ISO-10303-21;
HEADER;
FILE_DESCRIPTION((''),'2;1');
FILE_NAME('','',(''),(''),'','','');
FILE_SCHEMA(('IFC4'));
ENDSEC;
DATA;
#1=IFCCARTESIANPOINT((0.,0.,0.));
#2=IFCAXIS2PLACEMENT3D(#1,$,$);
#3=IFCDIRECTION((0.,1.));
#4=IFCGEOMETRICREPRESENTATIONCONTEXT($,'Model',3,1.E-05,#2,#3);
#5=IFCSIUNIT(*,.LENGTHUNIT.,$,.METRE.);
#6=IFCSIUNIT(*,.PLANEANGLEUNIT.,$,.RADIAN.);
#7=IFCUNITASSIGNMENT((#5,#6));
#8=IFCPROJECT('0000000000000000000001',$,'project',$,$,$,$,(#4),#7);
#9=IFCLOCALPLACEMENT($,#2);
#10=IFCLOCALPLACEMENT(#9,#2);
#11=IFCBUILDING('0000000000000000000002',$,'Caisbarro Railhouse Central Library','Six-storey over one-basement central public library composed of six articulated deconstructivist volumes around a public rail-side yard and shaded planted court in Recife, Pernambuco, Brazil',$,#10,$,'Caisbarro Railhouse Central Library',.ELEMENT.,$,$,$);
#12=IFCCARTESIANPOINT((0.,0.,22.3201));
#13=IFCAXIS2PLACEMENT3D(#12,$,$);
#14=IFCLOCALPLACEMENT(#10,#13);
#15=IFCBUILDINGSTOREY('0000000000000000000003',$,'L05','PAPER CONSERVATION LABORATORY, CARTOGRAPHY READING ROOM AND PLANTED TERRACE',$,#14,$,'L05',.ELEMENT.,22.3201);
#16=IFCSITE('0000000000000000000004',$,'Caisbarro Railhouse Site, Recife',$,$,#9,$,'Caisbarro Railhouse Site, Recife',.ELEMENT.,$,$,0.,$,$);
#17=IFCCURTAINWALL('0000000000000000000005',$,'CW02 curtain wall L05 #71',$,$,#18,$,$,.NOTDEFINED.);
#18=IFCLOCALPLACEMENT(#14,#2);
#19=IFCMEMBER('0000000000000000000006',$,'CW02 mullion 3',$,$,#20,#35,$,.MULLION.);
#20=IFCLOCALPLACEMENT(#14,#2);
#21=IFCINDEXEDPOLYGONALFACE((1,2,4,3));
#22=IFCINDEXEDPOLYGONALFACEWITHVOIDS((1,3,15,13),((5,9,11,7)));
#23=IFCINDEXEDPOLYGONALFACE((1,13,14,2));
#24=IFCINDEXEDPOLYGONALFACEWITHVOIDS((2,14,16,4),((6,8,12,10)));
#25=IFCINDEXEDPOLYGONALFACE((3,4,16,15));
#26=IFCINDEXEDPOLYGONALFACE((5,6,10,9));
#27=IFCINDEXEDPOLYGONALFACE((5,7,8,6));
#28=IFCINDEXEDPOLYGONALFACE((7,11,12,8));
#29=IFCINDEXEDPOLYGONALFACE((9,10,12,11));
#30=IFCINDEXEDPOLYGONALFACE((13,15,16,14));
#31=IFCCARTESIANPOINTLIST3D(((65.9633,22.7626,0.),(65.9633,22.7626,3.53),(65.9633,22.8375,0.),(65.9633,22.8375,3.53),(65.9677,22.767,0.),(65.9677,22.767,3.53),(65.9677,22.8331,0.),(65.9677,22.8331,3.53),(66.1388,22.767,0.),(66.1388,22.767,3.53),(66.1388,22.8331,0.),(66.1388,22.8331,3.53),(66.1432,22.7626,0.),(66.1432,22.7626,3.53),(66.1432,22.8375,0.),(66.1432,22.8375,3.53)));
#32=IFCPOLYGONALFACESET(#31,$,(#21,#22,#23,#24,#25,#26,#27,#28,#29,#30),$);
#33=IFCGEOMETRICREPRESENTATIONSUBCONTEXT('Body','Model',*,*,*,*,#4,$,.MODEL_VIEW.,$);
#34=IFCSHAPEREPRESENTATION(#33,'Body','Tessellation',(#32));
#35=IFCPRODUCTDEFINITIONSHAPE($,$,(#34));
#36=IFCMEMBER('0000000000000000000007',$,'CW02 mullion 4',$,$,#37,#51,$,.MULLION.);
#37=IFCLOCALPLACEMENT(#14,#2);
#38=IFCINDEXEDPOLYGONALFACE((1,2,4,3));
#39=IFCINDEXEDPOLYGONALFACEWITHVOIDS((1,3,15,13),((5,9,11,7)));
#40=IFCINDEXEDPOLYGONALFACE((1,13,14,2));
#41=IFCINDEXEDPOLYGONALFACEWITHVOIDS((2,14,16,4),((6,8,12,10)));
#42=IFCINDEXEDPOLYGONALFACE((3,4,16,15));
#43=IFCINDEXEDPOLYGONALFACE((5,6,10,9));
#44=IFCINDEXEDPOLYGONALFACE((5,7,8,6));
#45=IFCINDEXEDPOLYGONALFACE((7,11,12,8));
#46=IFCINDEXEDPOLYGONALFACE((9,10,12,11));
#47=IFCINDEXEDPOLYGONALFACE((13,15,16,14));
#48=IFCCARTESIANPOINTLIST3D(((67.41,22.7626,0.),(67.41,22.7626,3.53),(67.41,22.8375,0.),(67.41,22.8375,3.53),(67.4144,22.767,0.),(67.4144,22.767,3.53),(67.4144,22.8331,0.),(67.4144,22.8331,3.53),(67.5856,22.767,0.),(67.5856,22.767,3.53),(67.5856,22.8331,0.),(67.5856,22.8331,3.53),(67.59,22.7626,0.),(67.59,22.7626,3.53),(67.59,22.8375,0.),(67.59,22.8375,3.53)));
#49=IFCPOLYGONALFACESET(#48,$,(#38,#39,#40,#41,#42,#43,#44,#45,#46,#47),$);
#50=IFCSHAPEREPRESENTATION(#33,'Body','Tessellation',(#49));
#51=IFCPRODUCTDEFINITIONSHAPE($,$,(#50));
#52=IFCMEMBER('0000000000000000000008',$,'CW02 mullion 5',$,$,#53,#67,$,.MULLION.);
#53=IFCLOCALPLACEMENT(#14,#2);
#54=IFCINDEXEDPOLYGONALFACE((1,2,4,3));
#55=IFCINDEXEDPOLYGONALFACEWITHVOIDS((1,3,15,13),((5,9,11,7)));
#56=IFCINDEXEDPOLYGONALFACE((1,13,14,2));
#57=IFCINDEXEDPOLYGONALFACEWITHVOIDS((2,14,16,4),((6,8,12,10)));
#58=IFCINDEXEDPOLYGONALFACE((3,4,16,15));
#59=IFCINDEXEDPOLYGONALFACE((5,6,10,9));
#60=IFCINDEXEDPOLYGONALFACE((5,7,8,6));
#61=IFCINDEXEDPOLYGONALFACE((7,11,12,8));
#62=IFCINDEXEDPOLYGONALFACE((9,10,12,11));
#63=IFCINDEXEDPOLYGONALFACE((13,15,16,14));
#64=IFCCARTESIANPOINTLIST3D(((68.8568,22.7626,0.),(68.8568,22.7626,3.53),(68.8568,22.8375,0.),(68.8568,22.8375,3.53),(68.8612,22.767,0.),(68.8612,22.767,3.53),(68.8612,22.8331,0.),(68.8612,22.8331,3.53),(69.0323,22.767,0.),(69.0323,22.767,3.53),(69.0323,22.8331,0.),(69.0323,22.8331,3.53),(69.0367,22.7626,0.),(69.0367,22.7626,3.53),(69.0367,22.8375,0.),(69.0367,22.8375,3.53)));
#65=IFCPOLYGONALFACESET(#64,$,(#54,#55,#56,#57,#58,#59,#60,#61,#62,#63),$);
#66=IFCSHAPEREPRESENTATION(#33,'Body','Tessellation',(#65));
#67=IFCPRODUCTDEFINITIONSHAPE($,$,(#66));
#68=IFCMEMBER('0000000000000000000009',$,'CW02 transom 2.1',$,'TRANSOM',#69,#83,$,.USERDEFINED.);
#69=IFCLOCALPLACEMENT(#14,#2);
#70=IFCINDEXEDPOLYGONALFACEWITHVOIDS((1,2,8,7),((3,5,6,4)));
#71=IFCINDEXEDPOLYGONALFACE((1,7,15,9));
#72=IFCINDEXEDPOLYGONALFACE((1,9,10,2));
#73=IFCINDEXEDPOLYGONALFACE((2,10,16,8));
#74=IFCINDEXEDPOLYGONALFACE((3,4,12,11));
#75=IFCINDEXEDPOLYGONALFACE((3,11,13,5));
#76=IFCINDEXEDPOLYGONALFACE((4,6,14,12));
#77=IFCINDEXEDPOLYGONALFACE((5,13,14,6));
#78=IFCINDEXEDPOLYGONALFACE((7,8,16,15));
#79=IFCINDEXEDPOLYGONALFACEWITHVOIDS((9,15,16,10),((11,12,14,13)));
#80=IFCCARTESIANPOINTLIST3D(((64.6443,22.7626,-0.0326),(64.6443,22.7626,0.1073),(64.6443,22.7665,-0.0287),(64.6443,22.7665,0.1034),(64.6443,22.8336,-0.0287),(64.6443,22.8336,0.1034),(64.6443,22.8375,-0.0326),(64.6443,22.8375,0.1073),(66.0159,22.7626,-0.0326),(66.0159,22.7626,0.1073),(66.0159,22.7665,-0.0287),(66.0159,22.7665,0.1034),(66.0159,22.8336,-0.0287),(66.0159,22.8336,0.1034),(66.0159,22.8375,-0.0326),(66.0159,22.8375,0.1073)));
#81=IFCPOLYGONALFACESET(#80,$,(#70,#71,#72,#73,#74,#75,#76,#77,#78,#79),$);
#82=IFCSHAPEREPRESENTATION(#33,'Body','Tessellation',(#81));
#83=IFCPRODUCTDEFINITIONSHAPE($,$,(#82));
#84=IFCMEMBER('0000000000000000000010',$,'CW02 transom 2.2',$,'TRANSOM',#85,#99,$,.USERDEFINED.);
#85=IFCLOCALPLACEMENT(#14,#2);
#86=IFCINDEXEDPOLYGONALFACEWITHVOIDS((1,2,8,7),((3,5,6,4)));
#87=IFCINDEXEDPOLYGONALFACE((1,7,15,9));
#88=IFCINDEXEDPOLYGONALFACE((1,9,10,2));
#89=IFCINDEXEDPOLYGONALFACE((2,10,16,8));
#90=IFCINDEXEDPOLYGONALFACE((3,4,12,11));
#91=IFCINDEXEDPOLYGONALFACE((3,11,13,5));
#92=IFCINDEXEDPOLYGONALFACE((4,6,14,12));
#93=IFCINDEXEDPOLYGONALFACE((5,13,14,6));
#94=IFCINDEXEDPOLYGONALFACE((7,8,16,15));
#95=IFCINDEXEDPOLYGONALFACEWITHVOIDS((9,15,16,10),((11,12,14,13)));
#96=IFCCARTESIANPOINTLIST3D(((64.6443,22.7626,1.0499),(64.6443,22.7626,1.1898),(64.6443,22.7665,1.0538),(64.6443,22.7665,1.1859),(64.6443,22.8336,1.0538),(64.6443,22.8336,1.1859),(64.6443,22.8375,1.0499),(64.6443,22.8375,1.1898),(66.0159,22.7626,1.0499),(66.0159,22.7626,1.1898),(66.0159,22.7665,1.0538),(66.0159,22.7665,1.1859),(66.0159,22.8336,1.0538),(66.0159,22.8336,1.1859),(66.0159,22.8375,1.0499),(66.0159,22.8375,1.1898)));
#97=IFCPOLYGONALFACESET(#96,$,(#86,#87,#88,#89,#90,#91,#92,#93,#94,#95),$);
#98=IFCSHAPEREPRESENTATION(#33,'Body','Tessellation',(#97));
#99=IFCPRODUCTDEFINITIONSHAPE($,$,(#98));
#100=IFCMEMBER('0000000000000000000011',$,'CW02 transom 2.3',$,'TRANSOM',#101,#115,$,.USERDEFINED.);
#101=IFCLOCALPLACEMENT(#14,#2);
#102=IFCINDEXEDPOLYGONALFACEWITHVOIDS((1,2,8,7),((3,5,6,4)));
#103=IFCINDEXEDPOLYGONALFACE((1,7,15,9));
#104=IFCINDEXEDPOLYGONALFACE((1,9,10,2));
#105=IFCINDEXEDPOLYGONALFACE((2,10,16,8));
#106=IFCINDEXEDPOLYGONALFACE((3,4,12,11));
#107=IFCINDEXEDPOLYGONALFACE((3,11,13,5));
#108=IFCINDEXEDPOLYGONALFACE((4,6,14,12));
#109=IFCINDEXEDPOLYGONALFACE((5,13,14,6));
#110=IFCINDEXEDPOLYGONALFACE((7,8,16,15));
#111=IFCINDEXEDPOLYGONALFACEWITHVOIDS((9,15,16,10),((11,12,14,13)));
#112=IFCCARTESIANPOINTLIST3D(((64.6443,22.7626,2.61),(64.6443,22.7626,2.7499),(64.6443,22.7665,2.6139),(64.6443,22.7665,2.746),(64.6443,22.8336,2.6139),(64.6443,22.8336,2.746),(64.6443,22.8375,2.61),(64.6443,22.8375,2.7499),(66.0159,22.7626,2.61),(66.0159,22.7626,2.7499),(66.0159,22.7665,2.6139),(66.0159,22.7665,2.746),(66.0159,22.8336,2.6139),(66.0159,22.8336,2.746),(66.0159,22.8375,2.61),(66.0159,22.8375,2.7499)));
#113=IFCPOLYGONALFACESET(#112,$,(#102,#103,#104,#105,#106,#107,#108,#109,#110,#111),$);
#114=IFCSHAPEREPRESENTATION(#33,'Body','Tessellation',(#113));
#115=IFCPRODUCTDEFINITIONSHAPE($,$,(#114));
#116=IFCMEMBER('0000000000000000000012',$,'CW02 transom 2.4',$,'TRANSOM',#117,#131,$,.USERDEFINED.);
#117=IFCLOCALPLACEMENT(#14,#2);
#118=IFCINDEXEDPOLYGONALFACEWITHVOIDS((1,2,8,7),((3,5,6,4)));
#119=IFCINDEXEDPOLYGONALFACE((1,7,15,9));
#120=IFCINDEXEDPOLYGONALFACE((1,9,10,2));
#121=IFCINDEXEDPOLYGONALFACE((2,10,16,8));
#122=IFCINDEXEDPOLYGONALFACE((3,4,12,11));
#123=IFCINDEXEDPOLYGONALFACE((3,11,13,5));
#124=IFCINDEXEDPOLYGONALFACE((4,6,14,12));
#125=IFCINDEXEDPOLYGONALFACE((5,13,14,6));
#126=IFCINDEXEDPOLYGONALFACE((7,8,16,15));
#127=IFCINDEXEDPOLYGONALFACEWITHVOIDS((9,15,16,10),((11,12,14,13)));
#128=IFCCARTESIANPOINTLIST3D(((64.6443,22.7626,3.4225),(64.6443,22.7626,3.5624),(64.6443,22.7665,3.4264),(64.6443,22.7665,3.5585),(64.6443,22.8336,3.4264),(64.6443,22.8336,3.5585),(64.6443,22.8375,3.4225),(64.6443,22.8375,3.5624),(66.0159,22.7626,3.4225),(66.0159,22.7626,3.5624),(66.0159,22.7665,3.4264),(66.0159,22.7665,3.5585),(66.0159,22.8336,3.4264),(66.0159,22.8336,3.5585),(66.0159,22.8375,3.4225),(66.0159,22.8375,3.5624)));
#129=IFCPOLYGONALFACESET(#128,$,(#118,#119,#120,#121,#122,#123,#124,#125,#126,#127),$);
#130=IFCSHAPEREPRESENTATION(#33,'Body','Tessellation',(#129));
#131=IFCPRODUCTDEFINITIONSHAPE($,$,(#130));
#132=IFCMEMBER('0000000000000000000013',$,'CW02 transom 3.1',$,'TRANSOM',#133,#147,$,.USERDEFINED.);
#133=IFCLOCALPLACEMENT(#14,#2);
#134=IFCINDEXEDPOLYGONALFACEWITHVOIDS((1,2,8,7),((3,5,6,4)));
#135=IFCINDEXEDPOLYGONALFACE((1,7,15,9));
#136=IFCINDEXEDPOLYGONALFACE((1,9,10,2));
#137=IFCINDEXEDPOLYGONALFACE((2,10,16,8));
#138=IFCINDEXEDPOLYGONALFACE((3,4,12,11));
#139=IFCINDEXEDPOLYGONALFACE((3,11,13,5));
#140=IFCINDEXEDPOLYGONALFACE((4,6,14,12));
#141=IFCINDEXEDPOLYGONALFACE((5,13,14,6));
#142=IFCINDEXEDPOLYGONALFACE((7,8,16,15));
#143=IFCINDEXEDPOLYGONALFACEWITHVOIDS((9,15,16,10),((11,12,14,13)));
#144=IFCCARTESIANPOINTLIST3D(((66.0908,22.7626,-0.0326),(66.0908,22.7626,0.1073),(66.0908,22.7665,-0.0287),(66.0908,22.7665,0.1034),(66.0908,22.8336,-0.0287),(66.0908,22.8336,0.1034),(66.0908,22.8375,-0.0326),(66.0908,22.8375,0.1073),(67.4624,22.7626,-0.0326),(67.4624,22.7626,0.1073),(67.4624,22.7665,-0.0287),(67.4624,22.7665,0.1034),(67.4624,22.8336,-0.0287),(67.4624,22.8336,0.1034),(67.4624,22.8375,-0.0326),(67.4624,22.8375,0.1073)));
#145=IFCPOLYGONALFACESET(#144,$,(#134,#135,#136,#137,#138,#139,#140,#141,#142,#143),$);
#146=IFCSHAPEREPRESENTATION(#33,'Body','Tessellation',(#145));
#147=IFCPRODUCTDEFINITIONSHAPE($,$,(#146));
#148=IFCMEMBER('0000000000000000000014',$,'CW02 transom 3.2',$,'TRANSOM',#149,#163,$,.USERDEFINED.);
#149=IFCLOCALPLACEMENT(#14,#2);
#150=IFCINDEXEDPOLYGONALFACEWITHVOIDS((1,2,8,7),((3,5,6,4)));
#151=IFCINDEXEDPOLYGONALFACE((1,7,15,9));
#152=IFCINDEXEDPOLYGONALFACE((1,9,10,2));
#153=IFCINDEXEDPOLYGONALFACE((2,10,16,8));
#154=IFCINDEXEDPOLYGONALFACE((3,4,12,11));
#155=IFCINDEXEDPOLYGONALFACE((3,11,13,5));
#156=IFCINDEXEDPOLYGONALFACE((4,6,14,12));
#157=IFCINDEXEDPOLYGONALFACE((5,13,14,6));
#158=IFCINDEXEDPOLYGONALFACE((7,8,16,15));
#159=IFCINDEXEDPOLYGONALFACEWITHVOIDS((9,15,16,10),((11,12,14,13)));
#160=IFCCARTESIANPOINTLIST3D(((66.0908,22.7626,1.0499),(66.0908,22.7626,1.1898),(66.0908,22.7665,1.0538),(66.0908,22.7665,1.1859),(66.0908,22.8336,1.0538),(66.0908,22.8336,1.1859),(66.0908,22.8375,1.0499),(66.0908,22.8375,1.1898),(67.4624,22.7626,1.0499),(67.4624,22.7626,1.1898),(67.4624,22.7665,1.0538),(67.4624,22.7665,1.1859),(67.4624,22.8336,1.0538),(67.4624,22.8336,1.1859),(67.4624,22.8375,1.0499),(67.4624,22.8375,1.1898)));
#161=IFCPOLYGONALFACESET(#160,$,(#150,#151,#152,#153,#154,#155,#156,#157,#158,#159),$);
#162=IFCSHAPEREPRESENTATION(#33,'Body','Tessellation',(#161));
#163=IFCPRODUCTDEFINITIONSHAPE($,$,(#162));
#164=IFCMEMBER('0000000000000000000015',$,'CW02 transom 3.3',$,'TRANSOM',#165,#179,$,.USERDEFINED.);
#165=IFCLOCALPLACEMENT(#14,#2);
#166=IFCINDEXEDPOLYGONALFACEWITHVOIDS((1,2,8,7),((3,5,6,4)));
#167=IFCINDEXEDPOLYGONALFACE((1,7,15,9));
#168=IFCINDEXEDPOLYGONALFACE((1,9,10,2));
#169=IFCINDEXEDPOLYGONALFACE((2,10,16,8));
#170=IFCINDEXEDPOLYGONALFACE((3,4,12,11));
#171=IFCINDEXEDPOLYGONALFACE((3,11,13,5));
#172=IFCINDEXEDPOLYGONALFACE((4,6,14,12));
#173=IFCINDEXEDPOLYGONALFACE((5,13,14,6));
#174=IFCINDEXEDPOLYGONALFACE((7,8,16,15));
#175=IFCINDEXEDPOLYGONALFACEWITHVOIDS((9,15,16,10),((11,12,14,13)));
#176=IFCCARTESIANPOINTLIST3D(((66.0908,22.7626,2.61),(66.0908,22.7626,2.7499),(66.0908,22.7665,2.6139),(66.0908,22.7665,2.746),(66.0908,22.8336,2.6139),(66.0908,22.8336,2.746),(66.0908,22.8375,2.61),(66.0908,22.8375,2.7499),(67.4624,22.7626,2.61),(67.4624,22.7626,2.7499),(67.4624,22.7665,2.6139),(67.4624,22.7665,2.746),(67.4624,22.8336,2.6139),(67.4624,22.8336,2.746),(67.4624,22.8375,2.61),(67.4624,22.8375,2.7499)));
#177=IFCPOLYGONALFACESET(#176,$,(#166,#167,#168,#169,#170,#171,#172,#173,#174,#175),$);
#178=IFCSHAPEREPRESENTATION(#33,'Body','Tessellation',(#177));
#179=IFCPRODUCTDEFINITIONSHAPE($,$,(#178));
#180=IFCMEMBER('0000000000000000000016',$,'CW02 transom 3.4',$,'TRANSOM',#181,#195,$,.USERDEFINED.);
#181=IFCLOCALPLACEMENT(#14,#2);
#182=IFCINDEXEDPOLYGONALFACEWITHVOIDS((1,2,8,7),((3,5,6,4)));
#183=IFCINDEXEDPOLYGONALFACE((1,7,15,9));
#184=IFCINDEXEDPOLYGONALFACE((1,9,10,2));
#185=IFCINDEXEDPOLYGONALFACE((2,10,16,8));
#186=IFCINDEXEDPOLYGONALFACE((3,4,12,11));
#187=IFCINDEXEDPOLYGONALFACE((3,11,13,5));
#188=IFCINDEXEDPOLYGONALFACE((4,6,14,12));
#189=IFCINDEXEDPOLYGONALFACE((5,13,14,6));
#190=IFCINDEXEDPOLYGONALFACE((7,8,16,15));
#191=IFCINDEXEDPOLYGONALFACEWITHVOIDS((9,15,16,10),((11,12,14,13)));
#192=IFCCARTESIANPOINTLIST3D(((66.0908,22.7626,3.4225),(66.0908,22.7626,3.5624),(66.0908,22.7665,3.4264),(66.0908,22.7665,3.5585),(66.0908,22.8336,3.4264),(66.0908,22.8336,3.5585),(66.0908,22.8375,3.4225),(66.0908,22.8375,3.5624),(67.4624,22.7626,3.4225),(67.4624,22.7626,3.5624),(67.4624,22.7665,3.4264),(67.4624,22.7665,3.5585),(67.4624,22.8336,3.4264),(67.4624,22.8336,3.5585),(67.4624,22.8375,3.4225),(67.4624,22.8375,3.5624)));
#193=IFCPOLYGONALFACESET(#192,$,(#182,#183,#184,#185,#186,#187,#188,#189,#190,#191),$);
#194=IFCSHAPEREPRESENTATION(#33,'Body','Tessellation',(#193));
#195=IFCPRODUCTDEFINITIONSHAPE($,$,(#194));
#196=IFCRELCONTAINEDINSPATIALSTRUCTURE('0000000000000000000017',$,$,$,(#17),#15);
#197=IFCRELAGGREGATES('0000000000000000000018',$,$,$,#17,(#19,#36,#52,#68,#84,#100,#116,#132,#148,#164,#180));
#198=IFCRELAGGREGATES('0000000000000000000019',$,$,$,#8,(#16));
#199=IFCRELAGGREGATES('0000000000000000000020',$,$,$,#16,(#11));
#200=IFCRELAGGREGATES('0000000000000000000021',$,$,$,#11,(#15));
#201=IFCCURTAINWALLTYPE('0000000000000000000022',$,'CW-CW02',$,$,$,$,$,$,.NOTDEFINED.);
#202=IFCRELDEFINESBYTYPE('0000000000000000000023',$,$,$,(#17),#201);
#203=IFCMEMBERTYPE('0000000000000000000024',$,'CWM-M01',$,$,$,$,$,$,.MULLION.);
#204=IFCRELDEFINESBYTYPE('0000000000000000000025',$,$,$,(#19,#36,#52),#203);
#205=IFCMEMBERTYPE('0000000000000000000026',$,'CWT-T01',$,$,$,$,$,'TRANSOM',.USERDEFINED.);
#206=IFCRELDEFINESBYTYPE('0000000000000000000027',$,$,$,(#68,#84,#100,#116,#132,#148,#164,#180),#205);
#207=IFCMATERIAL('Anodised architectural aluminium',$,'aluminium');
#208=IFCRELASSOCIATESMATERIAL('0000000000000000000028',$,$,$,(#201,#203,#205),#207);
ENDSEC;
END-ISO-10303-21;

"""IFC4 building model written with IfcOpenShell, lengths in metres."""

from ifc_helpers import new_model, si_unit, direction, frame, origin, origin_2d, place, context, subcontext, project, spatial, hollow_rectangle, extrude, material, material_profile, profile_set, type_object, element, aggregate, save


model = new_model("IFC4")

# Units and contexts
model_context = context("Model", 3, precision=1e-05, world=origin(), true_north=direction((0.0, 1.0)))
body_context = subcontext(model_context, "Body", "Model", "MODEL_VIEW")
ifc_project = project(units=[si_unit("LENGTHUNIT", "METRE"), si_unit("PLANEANGLEUNIT", "RADIAN")], contexts=[model_context])

# Site, building, storey
site_placement = place(None, origin())
site = spatial("IfcSite", under=ifc_project, at=site_placement, Name="Caisbarro Railhouse Site, Recife", LongName="Caisbarro Railhouse Site, Recife", CompositionType="ELEMENT", RefElevation=0.0)
building_placement = place(site_placement, origin())
building = spatial("IfcBuilding", under=site, at=building_placement, Name="Caisbarro Railhouse Central Library", Description="Six-storey over one-basement central public library composed of six articulated deconstructivist volumes around a public rail-side yard and shaded planted court in Recife, Pernambuco, Brazil", LongName="Caisbarro Railhouse Central Library", CompositionType="ELEMENT")
storey_placement = place(building_placement, frame((0.0, 0.0, 22.3201)))
storey = spatial("IfcBuildingStorey", under=building, at=storey_placement, Name="L05", Description="PAPER CONSERVATION LABORATORY, CARTOGRAPHY READING ROOM AND PLANTED TERRACE", LongName="L05", CompositionType="ELEMENT", Elevation=22.3201)

# Curtain wall, members
ifc_material_1 = material(Name="Anodised architectural aluminium", Category="aluminium")
curtain_wall_type = type_object("IfcCurtainWallType", Name="CW-CW02", PredefinedType="NOTDEFINED", material=ifc_material_1)
curtain_wall_placement = place(storey_placement, origin())
curtain_wall = element("IfcCurtainWall", 1, at=curtain_wall_placement, inside=storey, type_object=curtain_wall_type, Name="CW02 curtain wall L05 #71", PredefinedType="NOTDEFINED")
ifc_material_profile_1 = material_profile(ifc_material_1, hollow_rectangle(XDim=0.075, YDim=0.1799, WallThickness=0.0044, at=origin_2d()), Name="ALU-MUL-75X180")
ifc_profile_set_1 = profile_set([ifc_material_profile_1], Name="Anodised architectural aluminium")
member_type_1 = type_object("IfcMemberType", Name="CWM-M01", PredefinedType="MULLION", material=ifc_profile_set_1)
member_1_placement = place(storey_placement, frame((66.0532, 22.8, 0.0), z_axis=(0.0, 0.0, 1.0), x_axis=(0.0, 1.0, 0.0)))
member_1 = element("IfcMember", 2, at=member_1_placement, type_object=member_type_1, Name="CW02 mullion 3", PredefinedType="MULLION", context=body_context, shape_type="SweptSolid", body=[
    extrude(hollow_rectangle(XDim=0.075, YDim=0.1799, WallThickness=0.0044, at=origin_2d()), origin(), (0.0, 0.0, 1.0), 3.53),
])
member_2_placement = place(storey_placement, frame((67.5, 22.8, 0.0), z_axis=(0.0, 0.0, 1.0), x_axis=(0.0, 1.0, 0.0)))
member_2 = element("IfcMember", 3, at=member_2_placement, type_object=member_type_1, Name="CW02 mullion 4", PredefinedType="MULLION", context=body_context, shape_type="SweptSolid", body=[
    extrude(hollow_rectangle(XDim=0.075, YDim=0.1799, WallThickness=0.0044, at=origin_2d()), origin(), (0.0, 0.0, 1.0), 3.53),
])
member_3_placement = place(storey_placement, frame((68.9468, 22.8, 0.0), z_axis=(0.0, 0.0, 1.0), x_axis=(0.0, 1.0, 0.0)))
member_3 = element("IfcMember", 4, at=member_3_placement, type_object=member_type_1, Name="CW02 mullion 5", PredefinedType="MULLION", context=body_context, shape_type="SweptSolid", body=[
    extrude(hollow_rectangle(XDim=0.075, YDim=0.1799, WallThickness=0.0044, at=origin_2d()), origin(), (0.0, 0.0, 1.0), 3.53),
])
ifc_material_profile_2 = material_profile(ifc_material_1, hollow_rectangle(XDim=0.075, YDim=0.1399, WallThickness=0.0039, at=origin_2d()), Name="ALU-TRN-75X140")
ifc_profile_set_2 = profile_set([ifc_material_profile_2], Name="Anodised architectural aluminium")
member_type_2 = type_object("IfcMemberType", Name="CWT-T01", ElementType="TRANSOM", PredefinedType="USERDEFINED", material=ifc_profile_set_2)
member_4_placement = place(storey_placement, frame((64.6443, 22.8, 0.0374), z_axis=(1.0, 0.0, 0.0), x_axis=(0.0, 1.0, 0.0)))
member_4 = element("IfcMember", 5, at=member_4_placement, type_object=member_type_2, Name="CW02 transom 2.1", ObjectType="TRANSOM", PredefinedType="USERDEFINED", context=body_context, shape_type="SweptSolid", body=[
    extrude(hollow_rectangle(XDim=0.075, YDim=0.1399, WallThickness=0.0039, at=origin_2d()), origin(), (0.0, 0.0, 1.0), 1.3716),
])
member_5_placement = place(storey_placement, frame((64.6443, 22.8, 1.1199), z_axis=(1.0, 0.0, 0.0), x_axis=(0.0, 1.0, 0.0)))
member_5 = element("IfcMember", 6, at=member_5_placement, type_object=member_type_2, Name="CW02 transom 2.2", ObjectType="TRANSOM", PredefinedType="USERDEFINED", context=body_context, shape_type="SweptSolid", body=[
    extrude(hollow_rectangle(XDim=0.075, YDim=0.1399, WallThickness=0.0039, at=origin_2d()), origin(), (0.0, 0.0, 1.0), 1.3716),
])
member_6_placement = place(storey_placement, frame((64.6443, 22.8, 2.6799), z_axis=(1.0, 0.0, 0.0), x_axis=(0.0, 1.0, 0.0)))
member_6 = element("IfcMember", 7, at=member_6_placement, type_object=member_type_2, Name="CW02 transom 2.3", ObjectType="TRANSOM", PredefinedType="USERDEFINED", context=body_context, shape_type="SweptSolid", body=[
    extrude(hollow_rectangle(XDim=0.075, YDim=0.1399, WallThickness=0.0039, at=origin_2d()), origin(), (0.0, 0.0, 1.0), 1.3716),
])
member_7_placement = place(storey_placement, frame((64.6443, 22.8, 3.4924), z_axis=(1.0, 0.0, 0.0), x_axis=(0.0, 1.0, 0.0)))
member_7 = element("IfcMember", 8, at=member_7_placement, type_object=member_type_2, Name="CW02 transom 2.4", ObjectType="TRANSOM", PredefinedType="USERDEFINED", context=body_context, shape_type="SweptSolid", body=[
    extrude(hollow_rectangle(XDim=0.075, YDim=0.1399, WallThickness=0.0039, at=origin_2d()), origin(), (0.0, 0.0, 1.0), 1.3716),
])
member_8_placement = place(storey_placement, frame((66.0908, 22.8, 0.0374), z_axis=(1.0, 0.0, 0.0), x_axis=(0.0, 1.0, 0.0)))
member_8 = element("IfcMember", 9, at=member_8_placement, type_object=member_type_2, Name="CW02 transom 3.1", ObjectType="TRANSOM", PredefinedType="USERDEFINED", context=body_context, shape_type="SweptSolid", body=[
    extrude(hollow_rectangle(XDim=0.075, YDim=0.1399, WallThickness=0.0039, at=origin_2d()), origin(), (0.0, 0.0, 1.0), 1.3716),
])
member_9_placement = place(storey_placement, frame((66.0908, 22.8, 1.1199), z_axis=(1.0, 0.0, 0.0), x_axis=(0.0, 1.0, 0.0)))
member_9 = element("IfcMember", 10, at=member_9_placement, type_object=member_type_2, Name="CW02 transom 3.2", ObjectType="TRANSOM", PredefinedType="USERDEFINED", context=body_context, shape_type="SweptSolid", body=[
    extrude(hollow_rectangle(XDim=0.075, YDim=0.1399, WallThickness=0.0039, at=origin_2d()), origin(), (0.0, 0.0, 1.0), 1.3716),
])
member_10_placement = place(storey_placement, frame((66.0908, 22.8, 2.6799), z_axis=(1.0, 0.0, 0.0), x_axis=(0.0, 1.0, 0.0)))
member_10 = element("IfcMember", 11, at=member_10_placement, type_object=member_type_2, Name="CW02 transom 3.3", ObjectType="TRANSOM", PredefinedType="USERDEFINED", context=body_context, shape_type="SweptSolid", body=[
    extrude(hollow_rectangle(XDim=0.075, YDim=0.1399, WallThickness=0.0039, at=origin_2d()), origin(), (0.0, 0.0, 1.0), 1.3716),
])
member_11_placement = place(storey_placement, frame((66.0908, 22.8, 3.4924), z_axis=(1.0, 0.0, 0.0), x_axis=(0.0, 1.0, 0.0)))
member_11 = element("IfcMember", 12, at=member_11_placement, type_object=member_type_2, Name="CW02 transom 3.4", ObjectType="TRANSOM", PredefinedType="USERDEFINED", context=body_context, shape_type="SweptSolid", body=[
    extrude(hollow_rectangle(XDim=0.075, YDim=0.1399, WallThickness=0.0039, at=origin_2d()), origin(), (0.0, 0.0, 1.0), 1.3716),
])
aggregate(curtain_wall, [member_1, member_2, member_3, member_4, member_5, member_6, member_7, member_8, member_9, member_10, member_11])

save(model, "model.ifc")
